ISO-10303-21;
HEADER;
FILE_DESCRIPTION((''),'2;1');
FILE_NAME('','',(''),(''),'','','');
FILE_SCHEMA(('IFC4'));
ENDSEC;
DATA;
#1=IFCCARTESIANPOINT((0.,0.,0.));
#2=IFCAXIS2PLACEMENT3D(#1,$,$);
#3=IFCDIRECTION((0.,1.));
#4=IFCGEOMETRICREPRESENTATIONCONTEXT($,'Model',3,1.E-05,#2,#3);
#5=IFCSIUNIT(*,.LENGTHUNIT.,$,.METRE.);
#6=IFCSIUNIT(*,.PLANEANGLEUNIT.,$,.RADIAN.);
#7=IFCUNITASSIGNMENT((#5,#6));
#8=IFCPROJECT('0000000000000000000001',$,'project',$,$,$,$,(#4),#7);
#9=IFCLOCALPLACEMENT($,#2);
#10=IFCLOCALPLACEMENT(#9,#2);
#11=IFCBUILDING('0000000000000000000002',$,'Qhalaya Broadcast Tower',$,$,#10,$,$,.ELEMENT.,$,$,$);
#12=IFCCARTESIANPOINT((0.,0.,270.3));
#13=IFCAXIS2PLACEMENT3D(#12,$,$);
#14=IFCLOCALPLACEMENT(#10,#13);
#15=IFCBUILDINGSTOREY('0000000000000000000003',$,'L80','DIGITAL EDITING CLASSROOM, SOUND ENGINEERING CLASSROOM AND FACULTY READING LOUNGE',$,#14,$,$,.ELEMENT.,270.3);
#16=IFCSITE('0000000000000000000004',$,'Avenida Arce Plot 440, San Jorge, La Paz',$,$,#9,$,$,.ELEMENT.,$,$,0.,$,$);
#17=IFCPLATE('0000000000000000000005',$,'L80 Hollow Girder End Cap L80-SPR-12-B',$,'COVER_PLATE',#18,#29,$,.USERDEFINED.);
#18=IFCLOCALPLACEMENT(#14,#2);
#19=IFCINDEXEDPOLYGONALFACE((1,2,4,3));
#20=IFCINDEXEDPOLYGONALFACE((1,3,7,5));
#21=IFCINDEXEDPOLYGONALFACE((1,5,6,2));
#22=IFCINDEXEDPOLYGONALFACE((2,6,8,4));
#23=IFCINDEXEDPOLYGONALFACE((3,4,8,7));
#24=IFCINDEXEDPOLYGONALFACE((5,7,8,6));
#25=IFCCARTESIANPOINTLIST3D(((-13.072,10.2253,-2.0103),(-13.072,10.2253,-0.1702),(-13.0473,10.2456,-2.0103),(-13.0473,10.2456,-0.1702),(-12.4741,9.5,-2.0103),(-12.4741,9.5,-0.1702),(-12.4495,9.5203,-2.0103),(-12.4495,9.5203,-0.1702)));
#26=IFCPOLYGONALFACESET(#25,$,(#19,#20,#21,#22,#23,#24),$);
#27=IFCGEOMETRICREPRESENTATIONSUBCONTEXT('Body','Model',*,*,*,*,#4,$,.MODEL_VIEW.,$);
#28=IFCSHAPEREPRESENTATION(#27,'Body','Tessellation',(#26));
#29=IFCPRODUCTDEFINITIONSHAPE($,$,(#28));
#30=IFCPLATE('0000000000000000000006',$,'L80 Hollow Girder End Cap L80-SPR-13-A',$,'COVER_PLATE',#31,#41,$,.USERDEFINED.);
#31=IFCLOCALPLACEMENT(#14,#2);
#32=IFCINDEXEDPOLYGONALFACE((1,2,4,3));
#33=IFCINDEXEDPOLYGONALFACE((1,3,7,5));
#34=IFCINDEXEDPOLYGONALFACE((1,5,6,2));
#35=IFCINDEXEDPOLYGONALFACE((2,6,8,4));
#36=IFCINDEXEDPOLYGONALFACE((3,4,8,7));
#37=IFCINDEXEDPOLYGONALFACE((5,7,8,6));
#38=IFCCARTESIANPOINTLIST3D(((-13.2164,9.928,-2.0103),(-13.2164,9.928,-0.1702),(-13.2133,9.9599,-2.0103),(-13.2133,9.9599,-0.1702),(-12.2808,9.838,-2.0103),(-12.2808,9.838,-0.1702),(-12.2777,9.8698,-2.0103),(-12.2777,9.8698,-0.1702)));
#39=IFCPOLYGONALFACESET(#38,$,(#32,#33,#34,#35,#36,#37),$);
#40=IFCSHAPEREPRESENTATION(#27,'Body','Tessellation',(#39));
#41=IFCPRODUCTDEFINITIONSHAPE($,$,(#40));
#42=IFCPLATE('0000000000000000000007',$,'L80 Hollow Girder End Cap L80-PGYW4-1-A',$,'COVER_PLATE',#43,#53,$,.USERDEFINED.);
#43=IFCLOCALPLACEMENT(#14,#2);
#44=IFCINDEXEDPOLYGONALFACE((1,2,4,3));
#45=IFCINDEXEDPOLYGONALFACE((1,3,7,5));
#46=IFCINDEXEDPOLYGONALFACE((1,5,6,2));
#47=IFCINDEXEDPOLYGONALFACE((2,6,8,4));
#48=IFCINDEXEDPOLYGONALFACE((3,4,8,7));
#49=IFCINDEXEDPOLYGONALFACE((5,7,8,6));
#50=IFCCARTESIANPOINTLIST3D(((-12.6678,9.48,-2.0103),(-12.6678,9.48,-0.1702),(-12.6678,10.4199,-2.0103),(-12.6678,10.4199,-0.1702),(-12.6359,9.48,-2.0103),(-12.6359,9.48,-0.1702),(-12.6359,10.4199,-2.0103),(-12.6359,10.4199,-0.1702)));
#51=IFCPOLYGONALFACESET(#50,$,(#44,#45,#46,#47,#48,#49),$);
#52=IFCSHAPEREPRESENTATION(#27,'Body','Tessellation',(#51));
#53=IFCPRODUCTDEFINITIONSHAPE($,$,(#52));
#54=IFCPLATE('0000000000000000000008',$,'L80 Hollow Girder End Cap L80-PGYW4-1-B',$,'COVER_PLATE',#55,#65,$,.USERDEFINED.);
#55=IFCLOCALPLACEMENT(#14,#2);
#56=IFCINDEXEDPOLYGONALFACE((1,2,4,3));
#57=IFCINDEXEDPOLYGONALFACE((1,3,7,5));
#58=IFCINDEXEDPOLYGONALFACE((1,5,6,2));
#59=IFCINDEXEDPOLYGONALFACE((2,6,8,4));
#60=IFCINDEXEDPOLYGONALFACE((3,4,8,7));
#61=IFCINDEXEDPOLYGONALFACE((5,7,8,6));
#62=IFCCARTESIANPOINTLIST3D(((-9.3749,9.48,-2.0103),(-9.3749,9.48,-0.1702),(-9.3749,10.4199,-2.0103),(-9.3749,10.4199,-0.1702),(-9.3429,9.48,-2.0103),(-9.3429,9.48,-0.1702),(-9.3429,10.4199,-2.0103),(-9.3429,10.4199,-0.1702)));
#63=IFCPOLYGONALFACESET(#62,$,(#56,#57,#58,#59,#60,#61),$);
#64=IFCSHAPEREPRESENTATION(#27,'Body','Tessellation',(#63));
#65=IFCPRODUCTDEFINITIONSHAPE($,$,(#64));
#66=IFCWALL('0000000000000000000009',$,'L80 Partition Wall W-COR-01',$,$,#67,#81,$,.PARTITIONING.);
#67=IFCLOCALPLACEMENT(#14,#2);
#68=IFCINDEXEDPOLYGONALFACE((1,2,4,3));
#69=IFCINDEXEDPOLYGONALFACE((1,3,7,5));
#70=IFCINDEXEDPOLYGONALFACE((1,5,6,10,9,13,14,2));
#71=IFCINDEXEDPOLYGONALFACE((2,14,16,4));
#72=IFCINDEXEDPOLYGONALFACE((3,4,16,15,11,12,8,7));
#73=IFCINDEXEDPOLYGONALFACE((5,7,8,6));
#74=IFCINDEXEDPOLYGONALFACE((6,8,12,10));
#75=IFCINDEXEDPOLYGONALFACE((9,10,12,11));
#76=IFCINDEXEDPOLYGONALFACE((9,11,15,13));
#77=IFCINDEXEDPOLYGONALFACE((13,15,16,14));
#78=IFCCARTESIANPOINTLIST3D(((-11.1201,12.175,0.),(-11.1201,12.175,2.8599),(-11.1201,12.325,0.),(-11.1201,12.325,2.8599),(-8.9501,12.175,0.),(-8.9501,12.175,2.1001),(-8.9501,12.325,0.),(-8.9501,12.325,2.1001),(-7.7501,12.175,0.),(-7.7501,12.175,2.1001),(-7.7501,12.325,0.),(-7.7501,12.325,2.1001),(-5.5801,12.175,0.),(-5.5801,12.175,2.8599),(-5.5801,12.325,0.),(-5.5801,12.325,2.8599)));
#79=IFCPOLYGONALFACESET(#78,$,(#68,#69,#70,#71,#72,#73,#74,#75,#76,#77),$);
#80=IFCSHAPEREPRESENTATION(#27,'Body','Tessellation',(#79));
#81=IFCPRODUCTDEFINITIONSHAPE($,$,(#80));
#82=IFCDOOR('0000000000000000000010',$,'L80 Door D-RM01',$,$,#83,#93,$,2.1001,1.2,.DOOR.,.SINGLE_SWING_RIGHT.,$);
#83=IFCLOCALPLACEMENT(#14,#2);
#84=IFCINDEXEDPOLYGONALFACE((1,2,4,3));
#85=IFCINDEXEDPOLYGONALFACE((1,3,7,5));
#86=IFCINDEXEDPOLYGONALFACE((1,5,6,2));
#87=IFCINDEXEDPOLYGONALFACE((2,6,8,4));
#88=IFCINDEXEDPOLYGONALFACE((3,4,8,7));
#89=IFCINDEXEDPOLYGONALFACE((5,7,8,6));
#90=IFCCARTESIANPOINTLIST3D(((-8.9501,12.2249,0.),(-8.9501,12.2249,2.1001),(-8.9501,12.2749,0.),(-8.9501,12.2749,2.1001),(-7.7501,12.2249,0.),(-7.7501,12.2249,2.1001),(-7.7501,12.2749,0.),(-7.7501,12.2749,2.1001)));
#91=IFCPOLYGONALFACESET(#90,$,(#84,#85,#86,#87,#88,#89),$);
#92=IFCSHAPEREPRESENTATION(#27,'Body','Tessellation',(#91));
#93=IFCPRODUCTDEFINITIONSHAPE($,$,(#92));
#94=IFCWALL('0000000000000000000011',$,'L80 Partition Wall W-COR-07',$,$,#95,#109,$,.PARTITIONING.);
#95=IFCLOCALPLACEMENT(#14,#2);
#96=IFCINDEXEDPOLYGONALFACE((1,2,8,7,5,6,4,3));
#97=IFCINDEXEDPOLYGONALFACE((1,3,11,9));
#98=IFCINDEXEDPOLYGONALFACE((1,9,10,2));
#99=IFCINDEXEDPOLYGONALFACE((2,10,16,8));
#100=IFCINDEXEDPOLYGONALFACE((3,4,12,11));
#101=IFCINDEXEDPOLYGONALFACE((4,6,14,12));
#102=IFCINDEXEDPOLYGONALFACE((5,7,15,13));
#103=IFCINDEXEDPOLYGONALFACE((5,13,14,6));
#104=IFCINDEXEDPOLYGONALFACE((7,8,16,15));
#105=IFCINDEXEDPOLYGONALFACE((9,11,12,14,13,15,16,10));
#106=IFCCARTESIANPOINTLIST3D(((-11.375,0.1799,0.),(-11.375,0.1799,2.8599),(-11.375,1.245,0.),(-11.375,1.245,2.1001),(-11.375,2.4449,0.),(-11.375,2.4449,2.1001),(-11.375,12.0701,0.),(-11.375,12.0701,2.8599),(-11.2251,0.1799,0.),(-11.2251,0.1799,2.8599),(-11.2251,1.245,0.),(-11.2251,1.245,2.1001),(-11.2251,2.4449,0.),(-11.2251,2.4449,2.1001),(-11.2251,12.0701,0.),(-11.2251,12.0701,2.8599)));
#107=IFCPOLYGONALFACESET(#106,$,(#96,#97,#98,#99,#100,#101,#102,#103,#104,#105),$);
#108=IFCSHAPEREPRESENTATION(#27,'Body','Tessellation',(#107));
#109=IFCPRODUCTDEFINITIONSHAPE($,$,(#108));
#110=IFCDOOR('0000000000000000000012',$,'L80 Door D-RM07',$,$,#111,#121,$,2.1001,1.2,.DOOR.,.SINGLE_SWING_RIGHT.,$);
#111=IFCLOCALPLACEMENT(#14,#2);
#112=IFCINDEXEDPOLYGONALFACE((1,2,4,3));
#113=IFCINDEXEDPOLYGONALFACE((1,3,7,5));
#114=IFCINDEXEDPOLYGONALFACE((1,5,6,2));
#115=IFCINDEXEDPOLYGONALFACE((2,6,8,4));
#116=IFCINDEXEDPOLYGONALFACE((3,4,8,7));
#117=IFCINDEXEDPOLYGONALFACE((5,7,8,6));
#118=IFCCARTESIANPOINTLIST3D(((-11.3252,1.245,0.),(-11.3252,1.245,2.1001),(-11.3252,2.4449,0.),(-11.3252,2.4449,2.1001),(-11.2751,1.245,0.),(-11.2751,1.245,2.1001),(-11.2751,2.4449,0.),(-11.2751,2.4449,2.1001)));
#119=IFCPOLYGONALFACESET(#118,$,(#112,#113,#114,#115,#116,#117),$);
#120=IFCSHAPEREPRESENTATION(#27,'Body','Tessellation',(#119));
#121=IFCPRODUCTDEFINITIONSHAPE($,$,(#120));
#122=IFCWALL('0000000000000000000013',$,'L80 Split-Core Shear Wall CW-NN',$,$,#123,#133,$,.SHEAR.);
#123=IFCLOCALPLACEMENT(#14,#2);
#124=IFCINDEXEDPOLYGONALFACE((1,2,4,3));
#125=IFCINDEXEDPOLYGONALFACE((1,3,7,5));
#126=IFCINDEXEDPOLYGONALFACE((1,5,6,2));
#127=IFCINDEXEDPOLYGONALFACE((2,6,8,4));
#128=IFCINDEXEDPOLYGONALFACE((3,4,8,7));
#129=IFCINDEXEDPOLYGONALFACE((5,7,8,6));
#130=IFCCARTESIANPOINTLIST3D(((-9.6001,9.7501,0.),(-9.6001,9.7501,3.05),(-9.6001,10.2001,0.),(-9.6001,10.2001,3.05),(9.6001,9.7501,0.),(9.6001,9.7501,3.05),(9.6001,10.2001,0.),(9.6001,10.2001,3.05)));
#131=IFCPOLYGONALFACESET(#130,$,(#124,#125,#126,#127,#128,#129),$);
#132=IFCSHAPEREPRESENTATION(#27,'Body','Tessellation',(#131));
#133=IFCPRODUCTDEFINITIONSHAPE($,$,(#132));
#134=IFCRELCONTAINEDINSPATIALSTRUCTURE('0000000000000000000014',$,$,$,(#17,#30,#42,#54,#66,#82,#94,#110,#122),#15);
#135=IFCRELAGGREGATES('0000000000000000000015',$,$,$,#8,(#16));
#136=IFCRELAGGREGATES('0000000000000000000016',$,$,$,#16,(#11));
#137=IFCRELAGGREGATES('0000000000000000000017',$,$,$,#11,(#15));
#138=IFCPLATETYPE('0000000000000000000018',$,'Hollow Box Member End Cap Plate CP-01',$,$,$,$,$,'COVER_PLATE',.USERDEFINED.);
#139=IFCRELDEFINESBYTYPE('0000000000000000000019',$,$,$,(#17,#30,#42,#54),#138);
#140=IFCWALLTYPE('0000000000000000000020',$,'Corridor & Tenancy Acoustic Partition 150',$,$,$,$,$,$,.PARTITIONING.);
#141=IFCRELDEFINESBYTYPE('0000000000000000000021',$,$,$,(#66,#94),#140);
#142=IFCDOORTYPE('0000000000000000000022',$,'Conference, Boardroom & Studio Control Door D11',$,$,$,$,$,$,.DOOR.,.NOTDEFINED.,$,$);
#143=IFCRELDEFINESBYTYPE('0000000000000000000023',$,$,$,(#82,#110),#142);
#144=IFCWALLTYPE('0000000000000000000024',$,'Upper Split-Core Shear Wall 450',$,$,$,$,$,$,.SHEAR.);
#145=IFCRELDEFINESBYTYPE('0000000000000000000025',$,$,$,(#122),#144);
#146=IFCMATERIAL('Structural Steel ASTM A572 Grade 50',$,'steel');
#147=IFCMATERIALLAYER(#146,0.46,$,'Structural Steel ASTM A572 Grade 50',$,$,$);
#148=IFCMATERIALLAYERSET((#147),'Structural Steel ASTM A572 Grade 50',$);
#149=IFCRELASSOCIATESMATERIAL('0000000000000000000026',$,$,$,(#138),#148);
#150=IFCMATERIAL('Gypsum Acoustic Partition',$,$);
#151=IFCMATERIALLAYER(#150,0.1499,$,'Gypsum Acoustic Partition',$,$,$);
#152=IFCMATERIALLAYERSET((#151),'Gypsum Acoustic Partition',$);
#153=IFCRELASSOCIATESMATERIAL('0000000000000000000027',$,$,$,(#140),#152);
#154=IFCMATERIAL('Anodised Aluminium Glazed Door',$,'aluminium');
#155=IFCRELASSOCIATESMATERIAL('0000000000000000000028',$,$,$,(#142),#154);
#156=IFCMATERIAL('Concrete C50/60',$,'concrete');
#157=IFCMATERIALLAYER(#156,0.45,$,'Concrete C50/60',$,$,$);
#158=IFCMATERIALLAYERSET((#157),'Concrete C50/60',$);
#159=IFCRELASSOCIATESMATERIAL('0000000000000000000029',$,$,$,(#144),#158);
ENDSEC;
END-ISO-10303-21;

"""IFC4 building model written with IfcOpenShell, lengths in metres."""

from ifc_helpers import new_model, si_unit, direction, frame, frame_2d, origin, origin_2d, place, context, subcontext, project, spatial, rectangle, extrude, material, layer, layer_set, type_object, element, fill, save


model = new_model("IFC4")

# Units and contexts
model_context = context("Model", 3, precision=1e-05, world=origin(), true_north=direction((0.0, 1.0)))
body_context = subcontext(model_context, "Body", "Model", "MODEL_VIEW")
ifc_project = project(units=[si_unit("LENGTHUNIT", "METRE"), si_unit("PLANEANGLEUNIT", "RADIAN")], contexts=[model_context])

# Site, building, storey
site_placement = place(None, origin())
site = spatial("IfcSite", under=ifc_project, at=site_placement, Name="Avenida Arce Plot 440, San Jorge, La Paz", CompositionType="ELEMENT", RefElevation=0.0)
building_placement = place(site_placement, origin())
building = spatial("IfcBuilding", under=site, at=building_placement, Name="Qhalaya Broadcast Tower", CompositionType="ELEMENT")
storey_placement = place(building_placement, frame((0.0, 0.0, 270.3)))
storey = spatial("IfcBuildingStorey", under=building, at=storey_placement, Name="L80", Description="DIGITAL EDITING CLASSROOM, SOUND ENGINEERING CLASSROOM AND FACULTY READING LOUNGE", CompositionType="ELEMENT", Elevation=270.3)

# Shared definitions
ifc_material_1 = material(Name="Concrete C50/60", Category="concrete")
ifc_material_2 = material(Name="Structural Steel ASTM A572 Grade 50", Category="steel")

# Plates
ifc_layer_1 = layer(ifc_material_2, 0.46, Name="Structural Steel ASTM A572 Grade 50")
ifc_layer_set_1 = layer_set([ifc_layer_1], Name="Structural Steel ASTM A572 Grade 50")
plate_type = type_object("IfcPlateType", Name="Hollow Box Member End Cap Plate CP-01", ElementType="COVER_PLATE", PredefinedType="USERDEFINED", material=ifc_layer_set_1)
for number, where, z_axis, x_axis, name in (
    (1, (-12.7607, 9.8728, -2.0103), (0.0, 0.0, 1.0), (0.636078, -0.771625, 0.0), "L80 Hollow Girder End Cap L80-SPR-12-B"),
    (2, (-12.7471, 9.8989, -2.0103), (0.0, 0.0, 1.0), (0.995398, -0.095828, 0.0), "L80 Hollow Girder End Cap L80-SPR-13-A"),
    (3, (-12.6519, 9.95, -2.0103), (0.0, 0.0, 1.0), (0.0, 1.0, 0.0), "L80 Hollow Girder End Cap L80-PGYW4-1-A"),
    (4, (-9.3589, 9.95, -2.0103), (0.0, 0.0, 1.0), (0.0, 1.0, 0.0), "L80 Hollow Girder End Cap L80-PGYW4-1-B"),
):
    element("IfcPlate", number, at=place(storey_placement, frame(where, z_axis=z_axis, x_axis=x_axis)), inside=storey, type_object=plate_type, Name=name, ObjectType="COVER_PLATE", PredefinedType="USERDEFINED", context=body_context, shape_type="SweptSolid", body=[
        extrude(rectangle(XDim=0.9399, YDim=0.032, at=origin_2d()), origin(), (0.0, 0.0, 1.0), 1.8401),
    ])

# Walls, openings, doors
ifc_material_3 = material(Name="Gypsum Acoustic Partition")
ifc_layer_2 = layer(ifc_material_3, 0.1499, Name="Gypsum Acoustic Partition")
ifc_layer_set_2 = layer_set([ifc_layer_2], Name="Gypsum Acoustic Partition")
wall_type_1 = type_object("IfcWallType", Name="Corridor & Tenancy Acoustic Partition 150", PredefinedType="PARTITIONING", material=ifc_layer_set_2)
wall_1_placement = place(storey_placement, frame((-11.1201, 12.25, 0.0), z_axis=(0.0, 0.0, 1.0), x_axis=(1.0, 0.0, 0.0)))
wall_1 = element("IfcWall", 5, at=wall_1_placement, inside=storey, type_object=wall_type_1, Name="L80 Partition Wall W-COR-01", PredefinedType="PARTITIONING", context=body_context, shape_type="SweptSolid", body=[
    extrude(rectangle(XDim=5.54, YDim=0.1499, at=frame_2d((2.77, 0.0))), origin(), (0.0, 0.0, 1.0), 2.8599),
])
opening_1_placement = place(wall_1_placement, frame((2.1699, 0.0, 0.0)))
opening_1 = element("IfcOpeningElement", 6, at=opening_1_placement, cuts=wall_1, PredefinedType="OPENING", context=body_context, shape_type="SweptSolid", body=[
    extrude(rectangle(XDim=1.2, YDim=2.1001, at=frame_2d((0.6001, 1.05))), frame((0.0, 0.0869, 0.0), z_axis=(0.0, -1.0, 0.0), x_axis=(1.0, 0.0, 0.0)), (0.0, 0.0, 1.0), 0.1738),
])
ifc_material_4 = material(Name="Anodised Aluminium Glazed Door", Category="aluminium")
door_type = type_object("IfcDoorType", Name="Conference, Boardroom & Studio Control Door D11", OperationType="NOTDEFINED", PredefinedType="DOOR", material=ifc_material_4)
door_1_placement = place(opening_1_placement, origin())
door_1 = element("IfcDoor", 7, at=door_1_placement, inside=storey, type_object=door_type, Name="L80 Door D-RM01", OperationType="SINGLE_SWING_RIGHT", OverallHeight=2.1001, OverallWidth=1.2, PredefinedType="DOOR", context=body_context, shape_type="SweptSolid", body=[
    extrude(rectangle(XDim=1.2, YDim=2.1001, at=frame_2d((0.6001, 1.05))), frame((0.0, 0.0249, 0.0), z_axis=(0.0, -1.0, 0.0), x_axis=(1.0, 0.0, 0.0)), (0.0, 0.0, 1.0), 0.05),
])
fill(opening_1, door_1)
wall_2_placement = place(storey_placement, frame((-11.3, 12.0701, 0.0), z_axis=(0.0, 0.0, 1.0), x_axis=(0.0, -1.0, 0.0)))
wall_2 = element("IfcWall", 8, at=wall_2_placement, inside=storey, type_object=wall_type_1, Name="L80 Partition Wall W-COR-07", PredefinedType="PARTITIONING", context=body_context, shape_type="SweptSolid", body=[
    extrude(rectangle(XDim=11.8901, YDim=0.1499, at=frame_2d((5.9451, 0.0))), origin(), (0.0, 0.0, 1.0), 2.8599),
])
opening_2_placement = place(wall_2_placement, frame((9.625, 0.0, 0.0)))
opening_2 = element("IfcOpeningElement", 9, at=opening_2_placement, cuts=wall_2, PredefinedType="OPENING", context=body_context, shape_type="SweptSolid", body=[
    extrude(rectangle(XDim=1.2, YDim=2.1001, at=frame_2d((0.6001, 1.05))), frame((0.0, 0.0869, 0.0), z_axis=(0.0, -1.0, 0.0), x_axis=(1.0, 0.0, 0.0)), (0.0, 0.0, 1.0), 0.1738),
])
door_2_placement = place(opening_2_placement, origin())
door_2 = element("IfcDoor", 10, at=door_2_placement, inside=storey, type_object=door_type, Name="L80 Door D-RM07", OperationType="SINGLE_SWING_RIGHT", OverallHeight=2.1001, OverallWidth=1.2, PredefinedType="DOOR", context=body_context, shape_type="SweptSolid", body=[
    extrude(rectangle(XDim=1.2, YDim=2.1001, at=frame_2d((0.6001, 1.05))), frame((0.0, 0.0249, 0.0), z_axis=(0.0, -1.0, 0.0), x_axis=(1.0, 0.0, 0.0)), (0.0, 0.0, 1.0), 0.05),
])
fill(opening_2, door_2)

# Wall
ifc_layer_3 = layer(ifc_material_1, 0.45, Name="Concrete C50/60")
ifc_layer_set_3 = layer_set([ifc_layer_3], Name="Concrete C50/60")
wall_type_2 = type_object("IfcWallType", Name="Upper Split-Core Shear Wall 450", PredefinedType="SHEAR", material=ifc_layer_set_3)
wall_3_placement = place(storey_placement, frame((-9.6001, 9.9751, 0.0), z_axis=(0.0, 0.0, 1.0), x_axis=(1.0, 0.0, 0.0)))
element("IfcWall", 11, at=wall_3_placement, inside=storey, type_object=wall_type_2, Name="L80 Split-Core Shear Wall CW-NN", PredefinedType="SHEAR", context=body_context, shape_type="SweptSolid", body=[
    extrude(rectangle(XDim=19.2002, YDim=0.45, at=frame_2d((9.6001, 0.0))), origin(), (0.0, 0.0, 1.0), 3.05),
])

save(model, "model.ifc")
